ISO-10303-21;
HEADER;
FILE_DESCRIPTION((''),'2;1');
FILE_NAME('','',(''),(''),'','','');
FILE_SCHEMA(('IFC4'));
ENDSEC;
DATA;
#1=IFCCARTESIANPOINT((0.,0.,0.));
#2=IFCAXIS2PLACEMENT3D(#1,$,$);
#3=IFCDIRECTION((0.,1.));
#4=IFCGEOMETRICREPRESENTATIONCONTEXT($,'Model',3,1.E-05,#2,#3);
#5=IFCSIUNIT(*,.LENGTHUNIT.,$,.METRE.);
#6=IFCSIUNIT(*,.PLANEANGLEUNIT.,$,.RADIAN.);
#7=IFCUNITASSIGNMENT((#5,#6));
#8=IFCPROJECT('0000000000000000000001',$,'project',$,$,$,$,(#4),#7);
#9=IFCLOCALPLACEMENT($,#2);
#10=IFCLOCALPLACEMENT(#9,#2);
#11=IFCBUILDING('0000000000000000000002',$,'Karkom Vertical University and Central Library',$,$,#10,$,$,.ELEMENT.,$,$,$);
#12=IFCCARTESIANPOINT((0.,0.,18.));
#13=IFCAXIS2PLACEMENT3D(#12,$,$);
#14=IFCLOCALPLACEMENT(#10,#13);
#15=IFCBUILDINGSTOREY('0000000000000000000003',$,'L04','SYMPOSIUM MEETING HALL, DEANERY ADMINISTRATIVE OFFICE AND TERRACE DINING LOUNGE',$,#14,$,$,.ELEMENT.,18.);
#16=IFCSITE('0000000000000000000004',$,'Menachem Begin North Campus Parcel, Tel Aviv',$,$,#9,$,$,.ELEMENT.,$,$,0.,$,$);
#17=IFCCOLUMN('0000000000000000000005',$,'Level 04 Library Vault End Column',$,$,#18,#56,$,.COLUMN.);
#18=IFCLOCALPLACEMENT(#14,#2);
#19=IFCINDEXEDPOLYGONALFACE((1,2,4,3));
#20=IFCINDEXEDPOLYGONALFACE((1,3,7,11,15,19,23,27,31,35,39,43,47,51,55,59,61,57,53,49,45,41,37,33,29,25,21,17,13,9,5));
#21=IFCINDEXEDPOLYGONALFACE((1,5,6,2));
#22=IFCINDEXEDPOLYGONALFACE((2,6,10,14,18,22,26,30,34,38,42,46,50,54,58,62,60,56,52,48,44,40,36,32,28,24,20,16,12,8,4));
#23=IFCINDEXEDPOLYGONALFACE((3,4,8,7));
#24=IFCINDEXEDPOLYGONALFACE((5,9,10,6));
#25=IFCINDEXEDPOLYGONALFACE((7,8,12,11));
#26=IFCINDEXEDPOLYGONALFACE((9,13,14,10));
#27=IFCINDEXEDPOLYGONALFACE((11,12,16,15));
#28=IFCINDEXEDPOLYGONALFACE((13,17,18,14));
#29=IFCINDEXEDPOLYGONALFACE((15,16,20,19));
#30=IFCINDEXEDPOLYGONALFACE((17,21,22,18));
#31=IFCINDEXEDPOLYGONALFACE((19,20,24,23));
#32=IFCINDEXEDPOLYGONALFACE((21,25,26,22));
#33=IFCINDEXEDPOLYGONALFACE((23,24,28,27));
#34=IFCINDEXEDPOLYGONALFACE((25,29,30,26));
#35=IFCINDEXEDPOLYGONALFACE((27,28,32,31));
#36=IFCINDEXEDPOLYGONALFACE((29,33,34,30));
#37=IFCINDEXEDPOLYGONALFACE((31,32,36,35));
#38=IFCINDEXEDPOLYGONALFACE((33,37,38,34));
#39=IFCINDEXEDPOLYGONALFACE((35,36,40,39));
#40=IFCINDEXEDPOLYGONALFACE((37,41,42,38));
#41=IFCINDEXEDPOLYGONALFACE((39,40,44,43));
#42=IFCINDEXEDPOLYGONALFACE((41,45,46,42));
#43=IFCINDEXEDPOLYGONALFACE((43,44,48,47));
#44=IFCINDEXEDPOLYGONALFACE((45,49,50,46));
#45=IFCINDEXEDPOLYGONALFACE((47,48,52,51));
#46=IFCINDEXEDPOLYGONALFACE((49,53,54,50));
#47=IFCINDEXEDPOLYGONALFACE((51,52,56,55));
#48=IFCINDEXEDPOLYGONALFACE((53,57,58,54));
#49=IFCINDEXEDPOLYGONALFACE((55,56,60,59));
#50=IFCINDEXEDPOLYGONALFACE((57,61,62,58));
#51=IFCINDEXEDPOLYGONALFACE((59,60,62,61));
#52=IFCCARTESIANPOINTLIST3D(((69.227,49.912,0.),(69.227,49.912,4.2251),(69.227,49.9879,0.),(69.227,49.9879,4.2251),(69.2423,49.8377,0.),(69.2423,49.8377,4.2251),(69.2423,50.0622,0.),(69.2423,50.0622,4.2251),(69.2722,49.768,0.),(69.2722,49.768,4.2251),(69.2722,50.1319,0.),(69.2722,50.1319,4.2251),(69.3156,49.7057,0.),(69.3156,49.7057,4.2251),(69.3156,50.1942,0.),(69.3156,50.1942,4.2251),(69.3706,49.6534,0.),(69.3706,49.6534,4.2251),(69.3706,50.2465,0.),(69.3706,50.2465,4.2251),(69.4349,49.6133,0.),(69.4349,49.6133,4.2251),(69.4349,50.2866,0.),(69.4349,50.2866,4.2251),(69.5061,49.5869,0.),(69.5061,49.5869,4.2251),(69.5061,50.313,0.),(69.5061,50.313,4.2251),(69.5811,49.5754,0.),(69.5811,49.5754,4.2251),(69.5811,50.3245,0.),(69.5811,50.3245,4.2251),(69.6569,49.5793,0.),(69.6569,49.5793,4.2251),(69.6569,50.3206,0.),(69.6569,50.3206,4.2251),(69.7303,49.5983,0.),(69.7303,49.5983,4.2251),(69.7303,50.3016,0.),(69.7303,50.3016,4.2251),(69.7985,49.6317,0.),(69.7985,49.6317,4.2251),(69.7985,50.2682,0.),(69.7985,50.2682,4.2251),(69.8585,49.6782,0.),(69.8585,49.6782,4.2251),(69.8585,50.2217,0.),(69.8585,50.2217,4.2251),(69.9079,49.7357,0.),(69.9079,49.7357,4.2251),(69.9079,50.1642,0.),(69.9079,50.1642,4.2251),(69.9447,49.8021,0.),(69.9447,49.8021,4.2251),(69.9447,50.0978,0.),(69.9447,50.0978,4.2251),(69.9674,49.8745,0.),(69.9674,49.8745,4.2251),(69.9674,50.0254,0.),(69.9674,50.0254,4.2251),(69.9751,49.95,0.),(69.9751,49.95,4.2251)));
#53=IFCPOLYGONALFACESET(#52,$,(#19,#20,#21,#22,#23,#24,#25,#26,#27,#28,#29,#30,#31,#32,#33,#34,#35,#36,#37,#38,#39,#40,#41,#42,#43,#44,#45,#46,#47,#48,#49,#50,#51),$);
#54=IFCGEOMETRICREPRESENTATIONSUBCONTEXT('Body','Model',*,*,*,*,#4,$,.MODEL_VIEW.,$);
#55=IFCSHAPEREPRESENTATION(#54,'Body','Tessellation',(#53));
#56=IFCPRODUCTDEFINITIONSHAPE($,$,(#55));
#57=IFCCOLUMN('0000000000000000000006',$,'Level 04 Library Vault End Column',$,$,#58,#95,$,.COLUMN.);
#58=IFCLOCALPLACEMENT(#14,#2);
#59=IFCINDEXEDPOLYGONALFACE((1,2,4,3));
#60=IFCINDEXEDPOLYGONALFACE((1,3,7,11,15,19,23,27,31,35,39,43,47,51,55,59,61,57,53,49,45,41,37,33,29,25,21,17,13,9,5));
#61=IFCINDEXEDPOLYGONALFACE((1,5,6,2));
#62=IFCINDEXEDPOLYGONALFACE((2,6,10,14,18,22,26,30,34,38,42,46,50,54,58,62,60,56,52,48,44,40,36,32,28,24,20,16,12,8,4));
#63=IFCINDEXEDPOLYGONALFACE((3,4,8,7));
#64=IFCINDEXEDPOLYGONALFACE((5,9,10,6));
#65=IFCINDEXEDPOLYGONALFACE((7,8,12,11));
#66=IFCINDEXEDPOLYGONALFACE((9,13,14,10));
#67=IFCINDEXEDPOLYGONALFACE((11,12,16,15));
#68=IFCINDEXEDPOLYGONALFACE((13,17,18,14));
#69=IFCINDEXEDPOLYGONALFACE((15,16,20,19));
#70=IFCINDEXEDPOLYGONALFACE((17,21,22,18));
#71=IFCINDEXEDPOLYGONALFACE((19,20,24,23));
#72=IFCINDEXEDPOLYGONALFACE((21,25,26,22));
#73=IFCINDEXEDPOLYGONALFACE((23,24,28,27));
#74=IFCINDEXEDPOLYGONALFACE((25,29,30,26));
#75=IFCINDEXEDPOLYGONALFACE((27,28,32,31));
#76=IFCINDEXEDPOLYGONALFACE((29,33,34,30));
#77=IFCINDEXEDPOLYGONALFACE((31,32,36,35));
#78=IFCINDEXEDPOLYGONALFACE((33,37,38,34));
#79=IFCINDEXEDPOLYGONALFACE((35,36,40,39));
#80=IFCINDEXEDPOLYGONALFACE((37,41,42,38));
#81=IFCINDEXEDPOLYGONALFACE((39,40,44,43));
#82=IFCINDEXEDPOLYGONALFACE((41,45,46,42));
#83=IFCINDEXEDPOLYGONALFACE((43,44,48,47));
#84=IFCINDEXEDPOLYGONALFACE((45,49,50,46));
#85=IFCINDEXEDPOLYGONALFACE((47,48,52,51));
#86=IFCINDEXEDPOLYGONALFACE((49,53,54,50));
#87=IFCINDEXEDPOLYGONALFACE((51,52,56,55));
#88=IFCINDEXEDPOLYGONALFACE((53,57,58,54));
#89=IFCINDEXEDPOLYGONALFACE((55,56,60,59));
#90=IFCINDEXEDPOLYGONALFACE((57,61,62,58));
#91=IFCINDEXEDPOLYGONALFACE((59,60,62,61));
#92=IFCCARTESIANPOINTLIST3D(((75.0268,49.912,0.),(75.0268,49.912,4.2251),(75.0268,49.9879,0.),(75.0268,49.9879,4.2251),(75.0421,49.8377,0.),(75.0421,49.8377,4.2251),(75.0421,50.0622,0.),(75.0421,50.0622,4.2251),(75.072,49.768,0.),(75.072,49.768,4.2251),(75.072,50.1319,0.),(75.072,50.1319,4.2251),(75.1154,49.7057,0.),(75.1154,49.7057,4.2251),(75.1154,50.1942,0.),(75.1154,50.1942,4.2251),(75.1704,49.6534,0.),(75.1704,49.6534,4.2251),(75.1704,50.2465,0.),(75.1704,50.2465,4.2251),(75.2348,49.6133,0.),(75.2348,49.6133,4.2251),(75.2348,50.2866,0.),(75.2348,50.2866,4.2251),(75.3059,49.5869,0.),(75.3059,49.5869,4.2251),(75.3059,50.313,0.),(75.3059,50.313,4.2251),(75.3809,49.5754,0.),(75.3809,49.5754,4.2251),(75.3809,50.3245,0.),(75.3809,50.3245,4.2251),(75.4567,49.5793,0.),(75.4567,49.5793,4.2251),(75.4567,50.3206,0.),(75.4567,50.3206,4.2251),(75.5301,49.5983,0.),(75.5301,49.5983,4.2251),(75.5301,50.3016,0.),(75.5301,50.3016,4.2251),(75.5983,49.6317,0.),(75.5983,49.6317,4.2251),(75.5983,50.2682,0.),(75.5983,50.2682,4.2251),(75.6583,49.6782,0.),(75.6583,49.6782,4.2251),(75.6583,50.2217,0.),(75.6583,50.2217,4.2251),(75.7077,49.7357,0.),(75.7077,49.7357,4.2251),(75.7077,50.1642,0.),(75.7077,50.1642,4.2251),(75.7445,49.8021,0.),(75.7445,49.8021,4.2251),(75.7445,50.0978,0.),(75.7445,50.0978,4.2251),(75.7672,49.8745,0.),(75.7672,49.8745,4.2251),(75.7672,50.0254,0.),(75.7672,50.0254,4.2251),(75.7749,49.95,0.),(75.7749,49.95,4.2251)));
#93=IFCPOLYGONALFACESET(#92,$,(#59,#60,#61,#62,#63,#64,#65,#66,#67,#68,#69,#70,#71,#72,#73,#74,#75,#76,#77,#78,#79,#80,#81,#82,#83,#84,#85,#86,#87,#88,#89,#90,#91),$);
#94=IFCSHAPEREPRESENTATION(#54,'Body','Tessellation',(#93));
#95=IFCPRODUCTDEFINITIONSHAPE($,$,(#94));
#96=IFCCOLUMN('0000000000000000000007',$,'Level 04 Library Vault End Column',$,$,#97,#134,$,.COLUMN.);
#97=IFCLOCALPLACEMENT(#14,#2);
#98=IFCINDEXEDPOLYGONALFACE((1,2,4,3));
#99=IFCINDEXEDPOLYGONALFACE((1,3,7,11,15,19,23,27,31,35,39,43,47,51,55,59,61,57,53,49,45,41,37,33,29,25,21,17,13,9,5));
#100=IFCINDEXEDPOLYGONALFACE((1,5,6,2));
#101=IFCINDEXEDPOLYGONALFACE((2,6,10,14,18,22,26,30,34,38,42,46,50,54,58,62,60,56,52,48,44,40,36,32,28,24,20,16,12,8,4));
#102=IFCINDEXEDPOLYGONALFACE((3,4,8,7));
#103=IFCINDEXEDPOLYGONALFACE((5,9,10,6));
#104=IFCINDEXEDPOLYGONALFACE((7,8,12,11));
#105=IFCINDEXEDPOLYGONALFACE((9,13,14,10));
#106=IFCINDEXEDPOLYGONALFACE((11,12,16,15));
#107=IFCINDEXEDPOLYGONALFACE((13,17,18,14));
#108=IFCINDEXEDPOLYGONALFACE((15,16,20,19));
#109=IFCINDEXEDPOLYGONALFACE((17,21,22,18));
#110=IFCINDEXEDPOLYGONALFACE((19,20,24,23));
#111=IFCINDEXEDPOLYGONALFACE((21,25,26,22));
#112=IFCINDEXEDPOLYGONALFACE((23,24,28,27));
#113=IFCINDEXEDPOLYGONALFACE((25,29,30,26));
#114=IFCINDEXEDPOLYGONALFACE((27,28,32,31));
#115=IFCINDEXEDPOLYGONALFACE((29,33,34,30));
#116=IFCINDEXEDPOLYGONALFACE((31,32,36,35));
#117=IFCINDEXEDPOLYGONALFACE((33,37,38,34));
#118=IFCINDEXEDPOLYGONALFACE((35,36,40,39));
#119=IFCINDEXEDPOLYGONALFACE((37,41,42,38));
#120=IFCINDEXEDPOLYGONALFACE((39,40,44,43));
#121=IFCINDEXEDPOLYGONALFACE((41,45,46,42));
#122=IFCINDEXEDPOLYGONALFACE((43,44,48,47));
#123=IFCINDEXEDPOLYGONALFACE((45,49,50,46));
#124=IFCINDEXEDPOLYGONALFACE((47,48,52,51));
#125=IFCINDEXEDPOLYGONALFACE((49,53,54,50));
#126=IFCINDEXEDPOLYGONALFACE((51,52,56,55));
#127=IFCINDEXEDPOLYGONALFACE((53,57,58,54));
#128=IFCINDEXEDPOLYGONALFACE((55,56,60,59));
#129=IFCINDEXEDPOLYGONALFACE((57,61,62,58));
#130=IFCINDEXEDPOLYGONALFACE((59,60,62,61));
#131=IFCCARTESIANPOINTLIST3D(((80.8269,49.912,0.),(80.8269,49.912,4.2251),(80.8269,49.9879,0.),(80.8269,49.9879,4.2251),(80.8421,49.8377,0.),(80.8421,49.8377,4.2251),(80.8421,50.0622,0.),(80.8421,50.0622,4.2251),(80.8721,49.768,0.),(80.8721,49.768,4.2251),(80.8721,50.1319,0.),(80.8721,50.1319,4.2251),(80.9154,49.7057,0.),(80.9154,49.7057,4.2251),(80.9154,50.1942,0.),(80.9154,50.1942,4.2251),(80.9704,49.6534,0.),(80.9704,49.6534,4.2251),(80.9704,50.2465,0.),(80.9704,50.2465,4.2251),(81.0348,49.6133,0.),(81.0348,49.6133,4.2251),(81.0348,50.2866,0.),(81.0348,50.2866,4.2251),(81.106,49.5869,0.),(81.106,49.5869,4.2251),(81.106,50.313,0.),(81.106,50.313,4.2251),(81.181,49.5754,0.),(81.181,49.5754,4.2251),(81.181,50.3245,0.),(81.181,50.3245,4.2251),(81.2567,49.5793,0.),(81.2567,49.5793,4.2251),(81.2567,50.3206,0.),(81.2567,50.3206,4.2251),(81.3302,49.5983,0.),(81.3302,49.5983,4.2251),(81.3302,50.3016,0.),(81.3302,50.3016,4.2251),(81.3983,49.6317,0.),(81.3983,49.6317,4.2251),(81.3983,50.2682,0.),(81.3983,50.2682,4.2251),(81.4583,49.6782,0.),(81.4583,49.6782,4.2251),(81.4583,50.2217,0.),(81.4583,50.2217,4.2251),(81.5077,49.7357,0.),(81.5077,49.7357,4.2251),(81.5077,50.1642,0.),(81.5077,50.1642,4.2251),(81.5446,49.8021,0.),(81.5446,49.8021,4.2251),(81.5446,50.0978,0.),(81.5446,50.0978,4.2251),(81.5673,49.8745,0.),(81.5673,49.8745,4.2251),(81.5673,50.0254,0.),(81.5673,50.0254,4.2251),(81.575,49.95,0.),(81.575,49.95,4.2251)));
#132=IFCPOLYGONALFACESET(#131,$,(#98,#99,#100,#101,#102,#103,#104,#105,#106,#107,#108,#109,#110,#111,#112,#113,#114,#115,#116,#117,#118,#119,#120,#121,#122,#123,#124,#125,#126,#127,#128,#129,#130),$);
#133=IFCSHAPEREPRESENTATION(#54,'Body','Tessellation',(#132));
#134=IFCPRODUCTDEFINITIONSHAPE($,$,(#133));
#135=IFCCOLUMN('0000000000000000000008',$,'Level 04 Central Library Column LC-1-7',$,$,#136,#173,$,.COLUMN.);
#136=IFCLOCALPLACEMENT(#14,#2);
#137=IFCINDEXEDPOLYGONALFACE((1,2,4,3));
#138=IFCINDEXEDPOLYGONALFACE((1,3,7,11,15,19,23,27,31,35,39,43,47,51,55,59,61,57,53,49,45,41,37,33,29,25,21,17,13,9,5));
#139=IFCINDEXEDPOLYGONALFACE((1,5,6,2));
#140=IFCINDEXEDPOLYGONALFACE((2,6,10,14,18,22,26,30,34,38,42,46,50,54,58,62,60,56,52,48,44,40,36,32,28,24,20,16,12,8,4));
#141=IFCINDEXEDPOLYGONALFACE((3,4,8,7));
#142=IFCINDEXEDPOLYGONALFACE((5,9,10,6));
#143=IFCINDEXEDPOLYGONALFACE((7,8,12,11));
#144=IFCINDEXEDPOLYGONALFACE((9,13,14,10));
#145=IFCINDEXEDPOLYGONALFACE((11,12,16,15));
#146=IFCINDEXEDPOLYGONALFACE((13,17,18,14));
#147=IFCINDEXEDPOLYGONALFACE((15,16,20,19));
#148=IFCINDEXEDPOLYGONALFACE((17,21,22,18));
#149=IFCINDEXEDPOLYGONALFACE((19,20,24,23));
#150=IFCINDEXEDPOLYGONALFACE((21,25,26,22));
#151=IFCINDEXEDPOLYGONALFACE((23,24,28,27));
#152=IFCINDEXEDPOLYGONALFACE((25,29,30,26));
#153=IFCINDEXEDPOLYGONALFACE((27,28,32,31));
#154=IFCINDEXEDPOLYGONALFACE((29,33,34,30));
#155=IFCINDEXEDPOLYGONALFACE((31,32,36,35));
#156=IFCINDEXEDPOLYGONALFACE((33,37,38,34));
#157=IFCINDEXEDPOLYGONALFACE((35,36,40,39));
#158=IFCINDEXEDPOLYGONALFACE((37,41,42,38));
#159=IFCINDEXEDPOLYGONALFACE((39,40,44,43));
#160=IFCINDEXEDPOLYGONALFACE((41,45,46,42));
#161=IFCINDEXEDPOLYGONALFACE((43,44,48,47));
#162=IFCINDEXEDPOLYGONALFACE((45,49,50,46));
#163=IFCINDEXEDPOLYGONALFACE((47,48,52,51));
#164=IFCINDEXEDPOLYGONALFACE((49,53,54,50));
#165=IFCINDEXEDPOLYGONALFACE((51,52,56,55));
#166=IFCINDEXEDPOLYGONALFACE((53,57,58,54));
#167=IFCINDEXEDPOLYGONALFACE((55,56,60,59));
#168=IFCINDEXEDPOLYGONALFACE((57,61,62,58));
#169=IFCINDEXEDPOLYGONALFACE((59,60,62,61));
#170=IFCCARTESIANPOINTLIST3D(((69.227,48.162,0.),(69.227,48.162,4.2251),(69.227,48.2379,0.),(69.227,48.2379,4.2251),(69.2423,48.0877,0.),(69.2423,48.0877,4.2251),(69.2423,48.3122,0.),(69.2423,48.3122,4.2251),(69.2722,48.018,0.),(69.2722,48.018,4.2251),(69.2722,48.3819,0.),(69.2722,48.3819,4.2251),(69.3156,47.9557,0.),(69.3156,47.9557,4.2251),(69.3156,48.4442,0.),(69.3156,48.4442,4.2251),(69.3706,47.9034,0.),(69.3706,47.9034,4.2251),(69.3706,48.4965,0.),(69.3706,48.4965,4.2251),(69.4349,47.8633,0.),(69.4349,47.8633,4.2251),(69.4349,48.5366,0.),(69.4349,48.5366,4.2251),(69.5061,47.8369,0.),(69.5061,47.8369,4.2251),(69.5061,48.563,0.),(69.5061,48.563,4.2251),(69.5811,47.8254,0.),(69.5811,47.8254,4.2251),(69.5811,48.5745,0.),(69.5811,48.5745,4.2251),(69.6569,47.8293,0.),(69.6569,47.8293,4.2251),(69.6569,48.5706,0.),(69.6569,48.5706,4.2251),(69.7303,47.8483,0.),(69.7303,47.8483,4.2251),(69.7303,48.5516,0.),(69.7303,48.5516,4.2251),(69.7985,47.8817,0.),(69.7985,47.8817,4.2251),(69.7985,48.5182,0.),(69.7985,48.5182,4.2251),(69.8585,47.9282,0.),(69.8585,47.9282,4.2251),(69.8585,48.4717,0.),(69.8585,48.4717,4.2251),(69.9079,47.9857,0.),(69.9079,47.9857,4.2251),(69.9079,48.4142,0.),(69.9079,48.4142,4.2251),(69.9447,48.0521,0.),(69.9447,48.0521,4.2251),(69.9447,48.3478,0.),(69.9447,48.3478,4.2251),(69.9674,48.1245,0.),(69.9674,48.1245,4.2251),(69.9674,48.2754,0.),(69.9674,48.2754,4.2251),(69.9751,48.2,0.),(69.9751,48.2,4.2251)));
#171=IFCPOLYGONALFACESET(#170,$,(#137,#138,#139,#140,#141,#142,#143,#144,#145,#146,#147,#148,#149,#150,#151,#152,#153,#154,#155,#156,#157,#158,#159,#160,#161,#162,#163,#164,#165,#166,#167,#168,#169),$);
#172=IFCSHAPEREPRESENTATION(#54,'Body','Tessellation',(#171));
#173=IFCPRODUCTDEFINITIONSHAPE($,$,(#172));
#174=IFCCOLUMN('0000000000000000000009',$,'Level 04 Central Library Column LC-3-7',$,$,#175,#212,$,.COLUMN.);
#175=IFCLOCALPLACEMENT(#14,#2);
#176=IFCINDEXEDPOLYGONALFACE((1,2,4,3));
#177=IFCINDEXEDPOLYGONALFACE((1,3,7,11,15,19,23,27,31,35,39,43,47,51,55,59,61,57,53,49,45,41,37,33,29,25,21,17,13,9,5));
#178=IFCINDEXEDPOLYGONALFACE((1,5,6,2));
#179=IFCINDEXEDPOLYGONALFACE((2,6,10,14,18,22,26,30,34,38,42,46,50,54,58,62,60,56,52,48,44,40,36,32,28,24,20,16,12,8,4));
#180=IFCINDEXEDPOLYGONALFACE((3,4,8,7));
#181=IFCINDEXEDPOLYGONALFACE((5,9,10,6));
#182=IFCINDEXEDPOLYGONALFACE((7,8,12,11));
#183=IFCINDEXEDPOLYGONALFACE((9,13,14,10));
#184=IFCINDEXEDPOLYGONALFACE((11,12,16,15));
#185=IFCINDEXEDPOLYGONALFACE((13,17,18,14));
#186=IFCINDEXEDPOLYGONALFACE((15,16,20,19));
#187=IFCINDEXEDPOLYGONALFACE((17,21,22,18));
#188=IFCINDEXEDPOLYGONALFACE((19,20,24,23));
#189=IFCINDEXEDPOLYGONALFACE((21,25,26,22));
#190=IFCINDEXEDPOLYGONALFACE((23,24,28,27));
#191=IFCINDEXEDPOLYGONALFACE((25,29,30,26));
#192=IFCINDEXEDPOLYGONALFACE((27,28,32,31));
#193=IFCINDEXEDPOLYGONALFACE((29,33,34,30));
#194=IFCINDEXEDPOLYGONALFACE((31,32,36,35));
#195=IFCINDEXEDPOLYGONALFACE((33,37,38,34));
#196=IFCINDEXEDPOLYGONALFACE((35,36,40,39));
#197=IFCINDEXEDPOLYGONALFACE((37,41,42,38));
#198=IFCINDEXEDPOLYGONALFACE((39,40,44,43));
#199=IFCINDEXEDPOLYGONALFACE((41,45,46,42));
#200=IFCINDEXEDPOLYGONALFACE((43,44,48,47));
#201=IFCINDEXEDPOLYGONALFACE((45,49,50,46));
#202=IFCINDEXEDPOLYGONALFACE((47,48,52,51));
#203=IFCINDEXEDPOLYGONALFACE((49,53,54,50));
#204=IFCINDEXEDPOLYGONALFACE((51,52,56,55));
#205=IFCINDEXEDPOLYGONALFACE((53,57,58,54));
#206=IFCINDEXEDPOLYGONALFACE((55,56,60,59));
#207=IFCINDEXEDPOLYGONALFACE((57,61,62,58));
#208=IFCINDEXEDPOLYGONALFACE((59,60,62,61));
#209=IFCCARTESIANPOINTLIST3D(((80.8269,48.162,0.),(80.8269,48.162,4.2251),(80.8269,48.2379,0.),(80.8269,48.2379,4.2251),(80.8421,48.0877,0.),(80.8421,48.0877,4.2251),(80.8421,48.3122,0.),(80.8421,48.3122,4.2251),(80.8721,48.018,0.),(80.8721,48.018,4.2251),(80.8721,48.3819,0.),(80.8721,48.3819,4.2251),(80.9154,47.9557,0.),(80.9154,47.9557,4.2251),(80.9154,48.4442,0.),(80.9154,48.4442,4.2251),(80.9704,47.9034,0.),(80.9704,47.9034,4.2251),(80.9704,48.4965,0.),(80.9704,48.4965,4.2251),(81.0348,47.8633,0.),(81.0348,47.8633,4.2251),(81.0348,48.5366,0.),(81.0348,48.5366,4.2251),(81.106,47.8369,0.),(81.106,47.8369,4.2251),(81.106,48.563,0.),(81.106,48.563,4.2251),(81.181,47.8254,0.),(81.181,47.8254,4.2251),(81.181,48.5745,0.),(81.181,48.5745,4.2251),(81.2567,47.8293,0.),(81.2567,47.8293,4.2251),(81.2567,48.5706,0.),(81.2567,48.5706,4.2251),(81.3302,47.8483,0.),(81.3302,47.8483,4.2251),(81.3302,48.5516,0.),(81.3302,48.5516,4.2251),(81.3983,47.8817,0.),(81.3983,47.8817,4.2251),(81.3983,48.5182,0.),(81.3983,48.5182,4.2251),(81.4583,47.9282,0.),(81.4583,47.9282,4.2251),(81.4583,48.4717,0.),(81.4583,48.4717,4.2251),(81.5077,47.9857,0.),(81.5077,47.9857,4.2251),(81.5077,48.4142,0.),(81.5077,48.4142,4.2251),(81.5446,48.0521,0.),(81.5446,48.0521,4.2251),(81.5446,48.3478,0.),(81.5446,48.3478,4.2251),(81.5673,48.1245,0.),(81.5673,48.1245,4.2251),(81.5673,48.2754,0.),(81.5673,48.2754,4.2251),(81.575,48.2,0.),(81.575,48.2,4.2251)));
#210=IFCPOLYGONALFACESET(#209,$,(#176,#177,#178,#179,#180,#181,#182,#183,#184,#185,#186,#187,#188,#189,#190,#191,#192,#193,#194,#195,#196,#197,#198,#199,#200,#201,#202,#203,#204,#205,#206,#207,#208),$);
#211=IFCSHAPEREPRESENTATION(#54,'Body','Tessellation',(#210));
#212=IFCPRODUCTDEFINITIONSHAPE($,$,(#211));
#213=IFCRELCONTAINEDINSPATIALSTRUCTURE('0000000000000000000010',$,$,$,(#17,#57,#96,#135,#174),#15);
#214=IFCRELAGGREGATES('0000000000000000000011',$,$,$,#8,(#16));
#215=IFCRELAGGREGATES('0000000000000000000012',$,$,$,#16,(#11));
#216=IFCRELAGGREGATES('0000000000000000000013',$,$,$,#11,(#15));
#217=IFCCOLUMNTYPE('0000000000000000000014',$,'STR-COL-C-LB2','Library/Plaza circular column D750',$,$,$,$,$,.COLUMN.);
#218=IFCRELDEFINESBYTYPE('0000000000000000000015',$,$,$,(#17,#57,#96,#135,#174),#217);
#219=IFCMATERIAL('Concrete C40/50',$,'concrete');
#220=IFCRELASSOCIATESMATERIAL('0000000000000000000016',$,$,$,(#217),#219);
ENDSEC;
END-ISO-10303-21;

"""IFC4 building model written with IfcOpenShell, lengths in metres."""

from ifc_helpers import new_model, si_unit, direction, frame, origin, origin_with_axes, origin_2d, place, context, subcontext, project, spatial, circle, extrude, source, transform, mapped, material, material_profile, profile_set, type_object, element, save


model = new_model("IFC4")

# Units and contexts
model_context = context("Model", 3, precision=1e-05, world=origin(), true_north=direction((0.0, 1.0)))
body_context = subcontext(model_context, "Body", "Model", "MODEL_VIEW")
ifc_project = project(units=[si_unit("LENGTHUNIT", "METRE"), si_unit("PLANEANGLEUNIT", "RADIAN")], contexts=[model_context])

# Site, building, storey
site_placement = place(None, origin())
site = spatial("IfcSite", under=ifc_project, at=site_placement, Name="Menachem Begin North Campus Parcel, Tel Aviv", CompositionType="ELEMENT", RefElevation=0.0)
building_placement = place(site_placement, origin())
building = spatial("IfcBuilding", under=site, at=building_placement, Name="Karkom Vertical University and Central Library", CompositionType="ELEMENT")
storey_placement = place(building_placement, frame((0.0, 0.0, 18.0)))
storey = spatial("IfcBuildingStorey", under=building, at=storey_placement, Name="L04", Description="SYMPOSIUM MEETING HALL, DEANERY ADMINISTRATIVE OFFICE AND TERRACE DINING LOUNGE", CompositionType="ELEMENT", Elevation=18.0)

# Columns
ifc_material_1 = material(Name="Concrete C40/50", Category="concrete")
ifc_material_profile_1 = material_profile(ifc_material_1, circle(Radius=0.375, at=origin_2d()), Name="RC-D750")
ifc_profile_set_1 = profile_set([ifc_material_profile_1], Name="Concrete C40/50")
column_type_1 = type_object("IfcColumnType", Name="STR-COL-C-LB2", Description="Library/Plaza circular column D750", PredefinedType="COLUMN", material=ifc_profile_set_1)
shared_shape_1 = source(origin_with_axes(), body_context, "Body", "SweptSolid", [
    extrude(circle(Radius=0.375, at=origin_2d()), origin(), (0.0, 0.0, 1.0), 4.2251),
])
for number, where, z_axis, x_axis, name in (
    (1, (69.6001, 49.95, 0.0), (0.0, 0.0, 1.0), (1.0, 0.0, 0.0), "Level 04 Library Vault End Column"),
    (2, (75.3999, 49.95, 0.0), (0.0, 0.0, 1.0), (1.0, 0.0, 0.0), "Level 04 Library Vault End Column"),
    (3, (81.2, 49.95, 0.0), (0.0, 0.0, 1.0), (1.0, 0.0, 0.0), "Level 04 Library Vault End Column"),
    (4, (69.6001, 48.2, 0.0), (0.0, 0.0, 1.0), (1.0, 0.0, 0.0), "Level 04 Central Library Column LC-1-7"),
    (5, (81.2, 48.2, 0.0), (0.0, 0.0, 1.0), (1.0, 0.0, 0.0), "Level 04 Central Library Column LC-3-7"),
):
    element("IfcColumn", number, at=place(storey_placement, frame(where, z_axis=z_axis, x_axis=x_axis)), inside=storey, type_object=column_type_1, Name=name, PredefinedType="COLUMN", context=body_context, shape_type="MappedRepresentation", body=[
        mapped(shared_shape_1, transform((0.0, 0.0, 0.0), scale=1.0)),
    ])

save(model, "model.ifc")
